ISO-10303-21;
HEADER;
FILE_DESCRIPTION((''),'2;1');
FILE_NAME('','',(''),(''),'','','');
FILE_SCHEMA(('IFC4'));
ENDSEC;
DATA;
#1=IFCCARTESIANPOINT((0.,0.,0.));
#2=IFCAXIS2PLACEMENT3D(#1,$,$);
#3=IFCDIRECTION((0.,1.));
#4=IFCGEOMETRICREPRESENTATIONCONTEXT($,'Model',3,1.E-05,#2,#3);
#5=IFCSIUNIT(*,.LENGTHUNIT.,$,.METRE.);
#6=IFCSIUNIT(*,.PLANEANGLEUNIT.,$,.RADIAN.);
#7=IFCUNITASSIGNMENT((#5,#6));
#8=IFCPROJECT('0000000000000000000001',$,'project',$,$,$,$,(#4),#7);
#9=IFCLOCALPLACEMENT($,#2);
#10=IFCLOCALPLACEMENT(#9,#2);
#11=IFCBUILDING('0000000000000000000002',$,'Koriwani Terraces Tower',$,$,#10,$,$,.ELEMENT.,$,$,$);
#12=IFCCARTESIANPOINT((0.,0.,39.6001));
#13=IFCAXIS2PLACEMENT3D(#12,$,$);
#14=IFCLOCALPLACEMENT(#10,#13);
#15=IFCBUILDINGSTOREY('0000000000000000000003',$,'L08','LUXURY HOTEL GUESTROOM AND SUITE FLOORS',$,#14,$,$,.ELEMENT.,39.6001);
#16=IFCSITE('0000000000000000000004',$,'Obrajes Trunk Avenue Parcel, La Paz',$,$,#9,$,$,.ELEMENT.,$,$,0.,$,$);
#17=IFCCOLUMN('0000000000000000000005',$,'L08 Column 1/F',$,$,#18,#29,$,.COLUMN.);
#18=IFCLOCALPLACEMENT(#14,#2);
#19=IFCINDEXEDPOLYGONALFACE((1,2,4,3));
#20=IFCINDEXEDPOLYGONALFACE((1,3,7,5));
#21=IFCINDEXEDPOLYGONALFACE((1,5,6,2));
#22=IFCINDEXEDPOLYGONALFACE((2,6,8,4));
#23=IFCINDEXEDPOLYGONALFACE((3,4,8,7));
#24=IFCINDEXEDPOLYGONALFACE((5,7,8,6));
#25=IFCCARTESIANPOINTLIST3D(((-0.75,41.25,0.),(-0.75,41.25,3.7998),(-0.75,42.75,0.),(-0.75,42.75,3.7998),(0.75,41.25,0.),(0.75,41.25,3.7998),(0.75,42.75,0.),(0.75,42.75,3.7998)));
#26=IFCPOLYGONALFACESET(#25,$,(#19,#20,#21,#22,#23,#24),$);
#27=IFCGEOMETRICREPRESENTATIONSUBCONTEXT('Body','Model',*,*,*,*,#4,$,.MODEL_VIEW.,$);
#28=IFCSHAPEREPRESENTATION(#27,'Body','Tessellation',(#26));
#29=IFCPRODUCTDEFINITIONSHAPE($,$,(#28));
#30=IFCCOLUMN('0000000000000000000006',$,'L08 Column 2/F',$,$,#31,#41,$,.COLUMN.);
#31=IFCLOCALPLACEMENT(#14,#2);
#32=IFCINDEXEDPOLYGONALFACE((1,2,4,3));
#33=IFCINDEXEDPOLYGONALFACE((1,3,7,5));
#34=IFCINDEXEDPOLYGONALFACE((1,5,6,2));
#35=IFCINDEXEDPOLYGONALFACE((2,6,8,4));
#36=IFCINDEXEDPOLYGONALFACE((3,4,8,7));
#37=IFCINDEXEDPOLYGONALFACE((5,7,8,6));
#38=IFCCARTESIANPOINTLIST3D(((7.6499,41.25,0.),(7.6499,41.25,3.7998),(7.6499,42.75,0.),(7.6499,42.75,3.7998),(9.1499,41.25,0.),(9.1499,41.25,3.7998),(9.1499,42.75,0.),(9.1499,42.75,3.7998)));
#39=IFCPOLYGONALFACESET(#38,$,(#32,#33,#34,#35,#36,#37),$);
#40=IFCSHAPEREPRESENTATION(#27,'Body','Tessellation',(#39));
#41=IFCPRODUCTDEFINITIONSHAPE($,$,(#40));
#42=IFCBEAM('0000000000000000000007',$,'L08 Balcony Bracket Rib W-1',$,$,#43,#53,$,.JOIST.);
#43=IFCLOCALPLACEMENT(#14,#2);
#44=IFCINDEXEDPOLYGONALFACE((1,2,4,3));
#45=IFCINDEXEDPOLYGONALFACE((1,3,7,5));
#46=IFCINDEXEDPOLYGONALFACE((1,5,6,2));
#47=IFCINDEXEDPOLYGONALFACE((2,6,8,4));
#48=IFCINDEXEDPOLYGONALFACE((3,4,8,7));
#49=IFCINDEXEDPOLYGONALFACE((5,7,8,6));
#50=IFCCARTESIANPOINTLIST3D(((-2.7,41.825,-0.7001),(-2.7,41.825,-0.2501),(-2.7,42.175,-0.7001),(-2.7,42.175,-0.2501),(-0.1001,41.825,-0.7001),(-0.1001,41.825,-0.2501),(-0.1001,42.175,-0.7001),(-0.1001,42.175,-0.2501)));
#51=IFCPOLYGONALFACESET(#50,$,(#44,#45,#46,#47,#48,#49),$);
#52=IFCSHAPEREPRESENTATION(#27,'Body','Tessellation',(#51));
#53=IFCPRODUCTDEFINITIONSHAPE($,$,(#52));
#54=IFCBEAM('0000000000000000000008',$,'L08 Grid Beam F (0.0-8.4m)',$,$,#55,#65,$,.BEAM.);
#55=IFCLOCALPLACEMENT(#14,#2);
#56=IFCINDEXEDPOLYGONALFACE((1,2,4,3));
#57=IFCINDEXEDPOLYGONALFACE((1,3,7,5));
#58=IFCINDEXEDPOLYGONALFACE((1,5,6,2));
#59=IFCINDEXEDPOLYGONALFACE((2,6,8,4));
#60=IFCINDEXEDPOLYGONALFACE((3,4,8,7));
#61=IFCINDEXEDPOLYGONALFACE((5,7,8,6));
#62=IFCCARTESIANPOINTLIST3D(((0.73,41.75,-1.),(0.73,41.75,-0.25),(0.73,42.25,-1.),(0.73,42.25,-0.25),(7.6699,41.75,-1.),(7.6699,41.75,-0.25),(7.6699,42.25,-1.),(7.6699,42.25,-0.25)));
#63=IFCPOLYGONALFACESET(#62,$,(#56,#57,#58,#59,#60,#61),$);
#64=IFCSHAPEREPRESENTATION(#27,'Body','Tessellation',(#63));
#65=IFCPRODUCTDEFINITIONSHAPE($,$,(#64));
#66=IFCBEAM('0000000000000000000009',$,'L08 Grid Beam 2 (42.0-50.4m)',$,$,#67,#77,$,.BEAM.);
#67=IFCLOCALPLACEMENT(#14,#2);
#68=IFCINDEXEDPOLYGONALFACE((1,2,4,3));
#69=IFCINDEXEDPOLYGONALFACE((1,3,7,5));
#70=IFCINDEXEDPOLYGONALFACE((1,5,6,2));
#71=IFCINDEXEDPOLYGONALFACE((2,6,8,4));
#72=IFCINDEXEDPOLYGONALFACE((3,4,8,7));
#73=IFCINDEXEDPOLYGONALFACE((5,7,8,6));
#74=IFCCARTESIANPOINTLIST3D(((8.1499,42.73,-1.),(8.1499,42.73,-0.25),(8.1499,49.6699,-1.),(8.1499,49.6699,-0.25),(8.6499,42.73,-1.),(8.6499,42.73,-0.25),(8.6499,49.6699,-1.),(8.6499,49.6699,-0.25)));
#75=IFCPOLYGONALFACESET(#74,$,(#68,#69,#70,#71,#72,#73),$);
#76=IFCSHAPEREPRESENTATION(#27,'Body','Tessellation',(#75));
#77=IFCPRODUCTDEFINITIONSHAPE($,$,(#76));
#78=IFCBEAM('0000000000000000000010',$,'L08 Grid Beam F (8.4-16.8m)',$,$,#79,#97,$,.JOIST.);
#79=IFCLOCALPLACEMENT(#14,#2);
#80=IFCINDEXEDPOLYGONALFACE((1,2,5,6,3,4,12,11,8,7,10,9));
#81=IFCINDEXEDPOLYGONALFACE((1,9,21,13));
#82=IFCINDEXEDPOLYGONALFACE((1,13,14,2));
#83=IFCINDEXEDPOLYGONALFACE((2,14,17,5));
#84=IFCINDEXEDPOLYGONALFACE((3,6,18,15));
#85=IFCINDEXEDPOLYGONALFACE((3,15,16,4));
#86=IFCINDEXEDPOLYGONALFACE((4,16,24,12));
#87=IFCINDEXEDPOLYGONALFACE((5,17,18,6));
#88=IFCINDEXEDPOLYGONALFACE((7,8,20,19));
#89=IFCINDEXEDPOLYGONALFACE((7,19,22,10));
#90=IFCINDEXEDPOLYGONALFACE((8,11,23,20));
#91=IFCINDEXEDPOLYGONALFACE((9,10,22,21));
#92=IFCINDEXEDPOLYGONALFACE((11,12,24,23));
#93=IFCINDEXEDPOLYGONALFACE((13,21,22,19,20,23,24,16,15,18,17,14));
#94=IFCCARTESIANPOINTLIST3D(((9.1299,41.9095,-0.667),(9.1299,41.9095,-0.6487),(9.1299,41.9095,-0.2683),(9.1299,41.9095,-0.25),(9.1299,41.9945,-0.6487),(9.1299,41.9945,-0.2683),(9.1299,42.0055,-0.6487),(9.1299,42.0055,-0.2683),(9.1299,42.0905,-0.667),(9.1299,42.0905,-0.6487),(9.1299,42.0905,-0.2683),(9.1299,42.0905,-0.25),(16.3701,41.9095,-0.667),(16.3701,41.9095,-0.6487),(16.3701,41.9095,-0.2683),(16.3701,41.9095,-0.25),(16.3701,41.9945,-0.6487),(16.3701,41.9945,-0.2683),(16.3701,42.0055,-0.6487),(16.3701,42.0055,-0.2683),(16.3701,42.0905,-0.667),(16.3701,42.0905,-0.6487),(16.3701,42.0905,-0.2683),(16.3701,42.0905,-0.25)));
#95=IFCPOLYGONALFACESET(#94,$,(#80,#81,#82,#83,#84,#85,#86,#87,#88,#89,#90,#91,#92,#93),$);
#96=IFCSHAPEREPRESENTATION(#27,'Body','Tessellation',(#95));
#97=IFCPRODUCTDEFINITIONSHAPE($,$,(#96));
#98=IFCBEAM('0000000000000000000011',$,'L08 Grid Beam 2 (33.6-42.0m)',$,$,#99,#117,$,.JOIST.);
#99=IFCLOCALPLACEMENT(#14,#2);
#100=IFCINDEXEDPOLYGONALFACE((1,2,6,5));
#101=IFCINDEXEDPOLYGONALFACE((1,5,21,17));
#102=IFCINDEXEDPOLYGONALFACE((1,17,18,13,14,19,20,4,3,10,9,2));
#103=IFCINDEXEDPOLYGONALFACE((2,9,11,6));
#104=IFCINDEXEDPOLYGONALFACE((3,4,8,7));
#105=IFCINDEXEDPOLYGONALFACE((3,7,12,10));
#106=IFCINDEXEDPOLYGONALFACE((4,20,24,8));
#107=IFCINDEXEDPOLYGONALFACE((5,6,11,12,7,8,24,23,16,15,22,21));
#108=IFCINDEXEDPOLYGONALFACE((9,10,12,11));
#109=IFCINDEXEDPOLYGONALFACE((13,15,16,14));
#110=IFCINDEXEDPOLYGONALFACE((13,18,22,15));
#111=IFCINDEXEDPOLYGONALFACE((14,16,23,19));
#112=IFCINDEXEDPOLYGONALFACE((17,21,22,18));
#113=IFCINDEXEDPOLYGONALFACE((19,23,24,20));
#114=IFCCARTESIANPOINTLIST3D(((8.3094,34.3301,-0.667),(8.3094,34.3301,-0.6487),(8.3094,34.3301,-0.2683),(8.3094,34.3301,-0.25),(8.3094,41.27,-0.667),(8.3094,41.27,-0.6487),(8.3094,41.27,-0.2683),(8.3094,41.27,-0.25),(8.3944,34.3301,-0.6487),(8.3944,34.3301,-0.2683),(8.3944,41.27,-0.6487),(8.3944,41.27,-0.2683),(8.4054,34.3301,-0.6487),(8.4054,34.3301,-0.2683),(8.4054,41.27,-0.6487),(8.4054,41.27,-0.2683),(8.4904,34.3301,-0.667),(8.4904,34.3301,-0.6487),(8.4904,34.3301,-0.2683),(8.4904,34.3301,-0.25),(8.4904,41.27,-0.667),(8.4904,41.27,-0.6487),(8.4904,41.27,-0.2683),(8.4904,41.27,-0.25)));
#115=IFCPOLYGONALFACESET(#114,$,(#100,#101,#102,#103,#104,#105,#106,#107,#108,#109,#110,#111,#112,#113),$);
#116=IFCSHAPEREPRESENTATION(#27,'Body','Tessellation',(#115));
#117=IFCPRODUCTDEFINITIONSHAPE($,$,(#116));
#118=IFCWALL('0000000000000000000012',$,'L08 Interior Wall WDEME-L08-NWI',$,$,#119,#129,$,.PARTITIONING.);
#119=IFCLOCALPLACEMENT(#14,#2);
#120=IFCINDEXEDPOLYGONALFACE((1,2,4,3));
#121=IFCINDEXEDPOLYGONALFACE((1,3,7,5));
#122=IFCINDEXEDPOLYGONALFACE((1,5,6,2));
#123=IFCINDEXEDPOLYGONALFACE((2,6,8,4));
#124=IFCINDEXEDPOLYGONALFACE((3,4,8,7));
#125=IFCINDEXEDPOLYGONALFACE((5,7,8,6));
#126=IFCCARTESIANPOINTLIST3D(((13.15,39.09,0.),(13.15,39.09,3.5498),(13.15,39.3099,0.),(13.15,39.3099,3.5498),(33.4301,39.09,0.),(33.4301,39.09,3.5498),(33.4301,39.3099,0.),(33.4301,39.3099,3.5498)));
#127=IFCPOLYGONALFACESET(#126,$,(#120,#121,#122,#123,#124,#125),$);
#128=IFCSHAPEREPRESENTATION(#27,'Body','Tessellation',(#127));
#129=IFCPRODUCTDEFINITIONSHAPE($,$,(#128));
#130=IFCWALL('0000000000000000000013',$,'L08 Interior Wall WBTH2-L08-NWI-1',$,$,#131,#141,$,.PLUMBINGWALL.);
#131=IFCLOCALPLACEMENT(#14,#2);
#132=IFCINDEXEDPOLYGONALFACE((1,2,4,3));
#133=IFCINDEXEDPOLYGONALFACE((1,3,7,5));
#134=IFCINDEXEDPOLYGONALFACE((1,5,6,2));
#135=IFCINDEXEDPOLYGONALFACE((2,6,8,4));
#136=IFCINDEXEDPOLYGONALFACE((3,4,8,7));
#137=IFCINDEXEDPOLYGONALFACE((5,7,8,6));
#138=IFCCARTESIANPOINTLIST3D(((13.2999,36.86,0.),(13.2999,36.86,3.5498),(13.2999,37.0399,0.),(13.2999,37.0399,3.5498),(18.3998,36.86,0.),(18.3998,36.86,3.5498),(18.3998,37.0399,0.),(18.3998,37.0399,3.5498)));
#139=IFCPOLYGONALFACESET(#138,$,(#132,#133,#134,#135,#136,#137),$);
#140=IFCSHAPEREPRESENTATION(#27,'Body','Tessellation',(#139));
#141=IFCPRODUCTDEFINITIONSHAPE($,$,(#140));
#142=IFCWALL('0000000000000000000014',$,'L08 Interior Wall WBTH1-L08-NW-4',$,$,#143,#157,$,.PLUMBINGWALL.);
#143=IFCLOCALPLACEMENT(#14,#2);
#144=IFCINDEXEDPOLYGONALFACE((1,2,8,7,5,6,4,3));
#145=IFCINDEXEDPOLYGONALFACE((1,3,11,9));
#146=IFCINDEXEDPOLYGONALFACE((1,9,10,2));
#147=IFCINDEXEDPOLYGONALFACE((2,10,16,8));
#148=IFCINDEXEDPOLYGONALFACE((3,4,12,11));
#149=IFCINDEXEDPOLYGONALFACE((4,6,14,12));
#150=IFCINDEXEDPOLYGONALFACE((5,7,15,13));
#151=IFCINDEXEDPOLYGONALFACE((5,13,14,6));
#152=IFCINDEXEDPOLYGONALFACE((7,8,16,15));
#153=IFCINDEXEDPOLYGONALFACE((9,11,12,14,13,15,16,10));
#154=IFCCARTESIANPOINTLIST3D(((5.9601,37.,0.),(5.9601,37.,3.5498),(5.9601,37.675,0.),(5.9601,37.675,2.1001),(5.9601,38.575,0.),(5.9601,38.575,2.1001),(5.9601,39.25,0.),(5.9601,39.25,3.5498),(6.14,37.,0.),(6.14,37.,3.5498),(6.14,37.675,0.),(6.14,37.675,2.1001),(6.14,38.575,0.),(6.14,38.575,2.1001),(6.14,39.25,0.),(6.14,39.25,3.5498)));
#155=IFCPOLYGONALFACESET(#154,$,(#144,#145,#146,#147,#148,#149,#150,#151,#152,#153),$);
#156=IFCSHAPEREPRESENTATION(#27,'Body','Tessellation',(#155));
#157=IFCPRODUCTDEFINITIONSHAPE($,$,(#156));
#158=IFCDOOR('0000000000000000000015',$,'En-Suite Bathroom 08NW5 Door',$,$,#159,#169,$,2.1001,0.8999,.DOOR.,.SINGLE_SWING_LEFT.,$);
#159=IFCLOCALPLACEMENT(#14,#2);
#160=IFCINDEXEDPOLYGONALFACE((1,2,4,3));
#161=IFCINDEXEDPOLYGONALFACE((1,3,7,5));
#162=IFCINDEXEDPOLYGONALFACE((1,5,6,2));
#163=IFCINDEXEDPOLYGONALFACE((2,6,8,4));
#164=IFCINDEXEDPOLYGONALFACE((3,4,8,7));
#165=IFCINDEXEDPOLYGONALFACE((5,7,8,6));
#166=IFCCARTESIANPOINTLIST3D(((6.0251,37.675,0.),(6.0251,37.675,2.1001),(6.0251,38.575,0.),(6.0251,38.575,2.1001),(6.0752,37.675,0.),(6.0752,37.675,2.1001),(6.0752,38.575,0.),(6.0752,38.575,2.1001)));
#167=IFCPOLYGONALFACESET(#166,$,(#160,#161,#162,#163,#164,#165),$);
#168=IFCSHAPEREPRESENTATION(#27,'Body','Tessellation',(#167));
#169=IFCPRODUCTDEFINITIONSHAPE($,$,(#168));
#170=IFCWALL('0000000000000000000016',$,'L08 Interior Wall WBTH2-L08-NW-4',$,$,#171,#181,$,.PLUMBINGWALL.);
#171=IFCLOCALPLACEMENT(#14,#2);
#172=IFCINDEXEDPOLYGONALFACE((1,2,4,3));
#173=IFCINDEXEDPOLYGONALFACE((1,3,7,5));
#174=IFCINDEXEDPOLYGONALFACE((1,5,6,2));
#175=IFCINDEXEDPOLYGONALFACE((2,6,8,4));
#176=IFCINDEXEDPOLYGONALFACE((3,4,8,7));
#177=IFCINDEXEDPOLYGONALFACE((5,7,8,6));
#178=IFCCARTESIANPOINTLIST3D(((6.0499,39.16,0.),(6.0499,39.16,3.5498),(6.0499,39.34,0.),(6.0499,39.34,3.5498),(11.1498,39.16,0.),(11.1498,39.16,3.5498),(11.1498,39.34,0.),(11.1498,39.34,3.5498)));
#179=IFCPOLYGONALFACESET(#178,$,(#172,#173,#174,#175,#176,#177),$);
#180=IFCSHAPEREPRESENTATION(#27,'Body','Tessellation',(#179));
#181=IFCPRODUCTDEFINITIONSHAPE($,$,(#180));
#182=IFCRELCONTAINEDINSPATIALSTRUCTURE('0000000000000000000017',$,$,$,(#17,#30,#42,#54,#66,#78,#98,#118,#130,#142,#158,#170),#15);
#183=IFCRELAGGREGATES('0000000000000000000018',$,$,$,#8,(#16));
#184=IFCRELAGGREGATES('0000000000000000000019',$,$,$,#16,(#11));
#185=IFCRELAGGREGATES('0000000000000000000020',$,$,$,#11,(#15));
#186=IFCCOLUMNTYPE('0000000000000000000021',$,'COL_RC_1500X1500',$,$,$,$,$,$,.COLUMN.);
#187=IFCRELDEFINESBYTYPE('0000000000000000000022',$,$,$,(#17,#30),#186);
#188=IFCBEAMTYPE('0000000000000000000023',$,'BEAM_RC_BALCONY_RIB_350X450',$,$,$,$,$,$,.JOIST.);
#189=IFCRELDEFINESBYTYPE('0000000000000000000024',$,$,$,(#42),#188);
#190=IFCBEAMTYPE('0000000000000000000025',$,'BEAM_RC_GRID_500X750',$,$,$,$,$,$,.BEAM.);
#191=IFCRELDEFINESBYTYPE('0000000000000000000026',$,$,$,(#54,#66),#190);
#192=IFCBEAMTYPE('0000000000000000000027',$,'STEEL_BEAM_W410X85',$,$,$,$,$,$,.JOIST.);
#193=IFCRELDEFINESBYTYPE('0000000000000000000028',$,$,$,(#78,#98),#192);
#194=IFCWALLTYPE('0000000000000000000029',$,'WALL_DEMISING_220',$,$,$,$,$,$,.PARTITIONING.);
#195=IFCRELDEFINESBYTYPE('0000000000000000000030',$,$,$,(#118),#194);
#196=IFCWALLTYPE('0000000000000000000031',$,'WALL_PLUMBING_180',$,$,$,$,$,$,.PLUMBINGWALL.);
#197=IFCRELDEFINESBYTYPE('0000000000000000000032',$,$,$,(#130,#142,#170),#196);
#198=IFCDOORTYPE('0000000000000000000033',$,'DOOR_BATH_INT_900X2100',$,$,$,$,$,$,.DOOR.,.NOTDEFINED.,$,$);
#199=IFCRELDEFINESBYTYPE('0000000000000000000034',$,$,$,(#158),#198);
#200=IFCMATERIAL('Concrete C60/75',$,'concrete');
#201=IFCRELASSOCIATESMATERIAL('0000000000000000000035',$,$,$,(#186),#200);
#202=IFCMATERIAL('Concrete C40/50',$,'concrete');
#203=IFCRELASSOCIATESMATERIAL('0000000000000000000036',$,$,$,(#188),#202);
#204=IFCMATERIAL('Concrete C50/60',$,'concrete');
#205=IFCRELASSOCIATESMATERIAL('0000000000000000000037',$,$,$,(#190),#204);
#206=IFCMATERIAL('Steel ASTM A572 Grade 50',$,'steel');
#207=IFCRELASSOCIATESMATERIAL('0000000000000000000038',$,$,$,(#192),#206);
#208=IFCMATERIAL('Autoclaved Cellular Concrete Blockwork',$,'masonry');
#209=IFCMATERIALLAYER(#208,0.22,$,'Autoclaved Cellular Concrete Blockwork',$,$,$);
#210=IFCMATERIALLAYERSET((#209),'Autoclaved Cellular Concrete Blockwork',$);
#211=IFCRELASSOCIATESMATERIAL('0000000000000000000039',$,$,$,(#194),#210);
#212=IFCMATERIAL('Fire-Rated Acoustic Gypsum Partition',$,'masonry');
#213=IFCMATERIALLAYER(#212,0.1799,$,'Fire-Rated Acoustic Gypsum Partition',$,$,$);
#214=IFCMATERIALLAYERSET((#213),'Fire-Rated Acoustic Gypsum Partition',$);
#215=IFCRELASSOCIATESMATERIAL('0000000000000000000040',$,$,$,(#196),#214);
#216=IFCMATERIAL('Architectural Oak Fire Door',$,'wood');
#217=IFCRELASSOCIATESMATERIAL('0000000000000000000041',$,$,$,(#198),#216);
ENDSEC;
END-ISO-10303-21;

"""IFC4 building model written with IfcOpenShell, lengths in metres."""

from ifc_helpers import new_model, si_unit, direction, frame, frame_2d, origin, origin_2d, place, context, subcontext, project, spatial, rectangle, i_section, extrude, material, layer, layer_set, material_profile, profile_set, type_object, element, fill, save


model = new_model("IFC4")

# Units and contexts
model_context = context("Model", 3, precision=1e-05, world=origin(), true_north=direction((0.0, 1.0)))
body_context = subcontext(model_context, "Body", "Model", "MODEL_VIEW")
ifc_project = project(units=[si_unit("LENGTHUNIT", "METRE"), si_unit("PLANEANGLEUNIT", "RADIAN")], contexts=[model_context])

# Site, building, storey
site_placement = place(None, origin())
site = spatial("IfcSite", under=ifc_project, at=site_placement, Name="Obrajes Trunk Avenue Parcel, La Paz", CompositionType="ELEMENT", RefElevation=0.0)
building_placement = place(site_placement, origin())
building = spatial("IfcBuilding", under=site, at=building_placement, Name="Koriwani Terraces Tower", CompositionType="ELEMENT")
storey_placement = place(building_placement, frame((0.0, 0.0, 39.6001)))
storey = spatial("IfcBuildingStorey", under=building, at=storey_placement, Name="L08", Description="LUXURY HOTEL GUESTROOM AND SUITE FLOORS", CompositionType="ELEMENT", Elevation=39.6001)

# Columns
ifc_material_1 = material(Name="Concrete C60/75", Category="concrete")
ifc_material_profile_1 = material_profile(ifc_material_1, rectangle(XDim=1.5, YDim=1.5, at=origin_2d()), Name="Concrete C60/75", Category="LoadBearing")
ifc_profile_set_1 = profile_set([ifc_material_profile_1], Name="Concrete C60/75")
column_type = type_object("IfcColumnType", Name="COL_RC_1500X1500", PredefinedType="COLUMN", material=ifc_profile_set_1)
for number, where, z_axis, x_axis, name in (
    (1, (0.0, 42.0, 0.0), (0.0, 0.0, 1.0), (1.0, 0.0, 0.0), "L08 Column 1/F"),
    (2, (8.3999, 42.0, 0.0), (0.0, 0.0, 1.0), (1.0, 0.0, 0.0), "L08 Column 2/F"),
):
    element("IfcColumn", number, at=place(storey_placement, frame(where, z_axis=z_axis, x_axis=x_axis)), inside=storey, type_object=column_type, Name=name, PredefinedType="COLUMN", context=body_context, shape_type="SweptSolid", body=[
        extrude(rectangle(XDim=1.5, YDim=1.5, at=origin_2d()), origin(), (0.0, 0.0, 1.0), 3.7998),
    ])

# Beams
ifc_material_2 = material(Name="Concrete C40/50", Category="concrete")
ifc_material_profile_2 = material_profile(ifc_material_2, rectangle(XDim=0.3501, YDim=0.45, at=origin_2d()), Name="Concrete C40/50", Category="LoadBearing")
ifc_profile_set_2 = profile_set([ifc_material_profile_2], Name="Concrete C40/50")
beam_type_1 = type_object("IfcBeamType", Name="BEAM_RC_BALCONY_RIB_350X450", PredefinedType="JOIST", material=ifc_profile_set_2)
beam_1_placement = place(storey_placement, frame((-2.7, 42.0, -0.4751), z_axis=(1.0, 0.0, 0.0), x_axis=(0.0, 1.0, 0.0)))
element("IfcBeam", 3, at=beam_1_placement, inside=storey, type_object=beam_type_1, Name="L08 Balcony Bracket Rib W-1", PredefinedType="JOIST", context=body_context, shape_type="SweptSolid", body=[
    extrude(rectangle(XDim=0.3501, YDim=0.45, at=origin_2d()), origin(), (0.0, 0.0, 1.0), 2.5999),
])
ifc_material_3 = material(Name="Concrete C50/60", Category="concrete")
ifc_material_profile_3 = material_profile(ifc_material_3, rectangle(XDim=0.5, YDim=0.75, at=origin_2d()), Name="Concrete C50/60", Category="LoadBearing")
ifc_profile_set_3 = profile_set([ifc_material_profile_3], Name="Concrete C50/60")
beam_type_2 = type_object("IfcBeamType", Name="BEAM_RC_GRID_500X750", PredefinedType="BEAM", material=ifc_profile_set_3)
for number, where, z_axis, x_axis, name in (
    (4, (0.73, 42.0, -0.625), (1.0, 0.0, 0.0), (0.0, 1.0, 0.0), "L08 Grid Beam F (0.0-8.4m)"),
    (5, (8.3999, 42.73, -0.625), (0.0, 1.0, 0.0), (-1.0, 0.0, 0.0), "L08 Grid Beam 2 (42.0-50.4m)"),
):
    element("IfcBeam", number, at=place(storey_placement, frame(where, z_axis=z_axis, x_axis=x_axis)), inside=storey, type_object=beam_type_2, Name=name, PredefinedType="BEAM", context=body_context, shape_type="SweptSolid", body=[
        extrude(rectangle(XDim=0.5, YDim=0.75, at=origin_2d()), origin(), (0.0, 0.0, 1.0), 6.9399),
    ])
ifc_material_4 = material(Name="Steel ASTM A572 Grade 50", Category="steel")
ifc_material_profile_4 = material_profile(ifc_material_4, i_section(OverallWidth=0.1809, OverallDepth=0.417, WebThickness=0.011, FlangeThickness=0.0183, at=origin_2d()), Name="Steel ASTM A572 Grade 50", Category="LoadBearing")
ifc_profile_set_4 = profile_set([ifc_material_profile_4], Name="Steel ASTM A572 Grade 50")
beam_type_3 = type_object("IfcBeamType", Name="STEEL_BEAM_W410X85", PredefinedType="JOIST", material=ifc_profile_set_4)
beam_2_placement = place(storey_placement, frame((9.1299, 42.0, -0.4585), z_axis=(1.0, 0.0, 0.0), x_axis=(0.0, 1.0, 0.0)))
element("IfcBeam", 6, at=beam_2_placement, inside=storey, type_object=beam_type_3, Name="L08 Grid Beam F (8.4-16.8m)", PredefinedType="JOIST", context=body_context, shape_type="SweptSolid", body=[
    extrude(i_section(OverallWidth=0.1809, OverallDepth=0.417, WebThickness=0.011, FlangeThickness=0.0183, at=origin_2d()), origin(), (0.0, 0.0, 1.0), 7.2402),
])
beam_3_placement = place(storey_placement, frame((8.3999, 34.3301, -0.4585), z_axis=(0.0, 1.0, 0.0), x_axis=(-1.0, 0.0, 0.0)))
element("IfcBeam", 7, at=beam_3_placement, inside=storey, type_object=beam_type_3, Name="L08 Grid Beam 2 (33.6-42.0m)", PredefinedType="JOIST", context=body_context, shape_type="SweptSolid", body=[
    extrude(i_section(OverallWidth=0.1809, OverallDepth=0.417, WebThickness=0.011, FlangeThickness=0.0183, at=origin_2d()), origin(), (0.0, 0.0, 1.0), 6.9399),
])

# Walls
ifc_material_5 = material(Name="Autoclaved Cellular Concrete Blockwork", Category="masonry")
ifc_layer_1 = layer(ifc_material_5, 0.22, Name="Autoclaved Cellular Concrete Blockwork")
ifc_layer_set_1 = layer_set([ifc_layer_1], Name="Autoclaved Cellular Concrete Blockwork")
wall_type_1 = type_object("IfcWallType", Name="WALL_DEMISING_220", PredefinedType="PARTITIONING", material=ifc_layer_set_1)
wall_1_placement = place(storey_placement, frame((13.1499, 39.2, 0.0), z_axis=(0.0, 0.0, 1.0), x_axis=(1.0, 0.0, 0.0)))
element("IfcWall", 8, at=wall_1_placement, inside=storey, type_object=wall_type_1, Name="L08 Interior Wall WDEME-L08-NWI", PredefinedType="PARTITIONING", context=body_context, shape_type="SweptSolid", body=[
    extrude(rectangle(XDim=20.28, YDim=0.22, at=frame_2d((10.1401, 0.0))), origin(), (0.0, 0.0, 1.0), 3.5498),
])
ifc_material_6 = material(Name="Fire-Rated Acoustic Gypsum Partition", Category="masonry")
ifc_layer_2 = layer(ifc_material_6, 0.1799, Name="Fire-Rated Acoustic Gypsum Partition")
ifc_layer_set_2 = layer_set([ifc_layer_2], Name="Fire-Rated Acoustic Gypsum Partition")
wall_type_2 = type_object("IfcWallType", Name="WALL_PLUMBING_180", PredefinedType="PLUMBINGWALL", material=ifc_layer_set_2)
wall_2_placement = place(storey_placement, frame((13.3, 36.95, 0.0), z_axis=(0.0, 0.0, 1.0), x_axis=(1.0, 0.0, 0.0)))
element("IfcWall", 9, at=wall_2_placement, inside=storey, type_object=wall_type_2, Name="L08 Interior Wall WBTH2-L08-NWI-1", PredefinedType="PLUMBINGWALL", context=body_context, shape_type="SweptSolid", body=[
    extrude(rectangle(XDim=5.0999, YDim=0.1799, at=frame_2d((2.5498, 0.0))), origin(), (0.0, 0.0, 1.0), 3.5498),
])

# Wall, opening, door
wall_3_placement = place(storey_placement, frame((6.05, 37.0, 0.0), z_axis=(0.0, 0.0, 1.0), x_axis=(0.0, 1.0, 0.0)))
wall_3 = element("IfcWall", 10, at=wall_3_placement, inside=storey, type_object=wall_type_2, Name="L08 Interior Wall WBTH1-L08-NW-4", PredefinedType="PLUMBINGWALL", context=body_context, shape_type="SweptSolid", body=[
    extrude(rectangle(XDim=2.25, YDim=0.1799, at=frame_2d((1.125, 0.0))), origin(), (0.0, 0.0, 1.0), 3.5498),
])
opening_1_placement = place(wall_3_placement, frame((0.675, 0.0, 0.0)))
opening_1 = element("IfcOpeningElement", 11, at=opening_1_placement, cuts=wall_3, PredefinedType="OPENING", context=body_context, shape_type="SweptSolid", body=[
    extrude(rectangle(XDim=0.8999, YDim=2.1001, at=frame_2d((0.45, 1.05))), frame((0.0, 0.1001, 0.0), z_axis=(0.0, -1.0, 0.0), x_axis=(1.0, 0.0, 0.0)), (0.0, 0.0, 1.0), 0.2),
])
ifc_material_7 = material(Name="Architectural Oak Fire Door", Category="wood")
door_type_1 = type_object("IfcDoorType", Name="DOOR_BATH_INT_900X2100", OperationType="NOTDEFINED", PredefinedType="DOOR", material=ifc_material_7)
door_1_placement = place(opening_1_placement, origin())
door_1 = element("IfcDoor", 12, at=door_1_placement, inside=storey, type_object=door_type_1, Name="En-Suite Bathroom 08NW5 Door", OperationType="SINGLE_SWING_LEFT", OverallHeight=2.1001, OverallWidth=0.8999, PredefinedType="DOOR", context=body_context, shape_type="SweptSolid", body=[
    extrude(rectangle(XDim=0.8999, YDim=2.1001, at=frame_2d((0.45, 1.05))), frame((0.0, 0.0249, 0.0), z_axis=(0.0, -1.0, 0.0), x_axis=(1.0, 0.0, 0.0)), (0.0, 0.0, 1.0), 0.05),
])
fill(opening_1, door_1)

# Wall
wall_4_placement = place(storey_placement, frame((6.05, 39.25, 0.0), z_axis=(0.0, 0.0, 1.0), x_axis=(1.0, 0.0, 0.0)))
element("IfcWall", 13, at=wall_4_placement, inside=storey, type_object=wall_type_2, Name="L08 Interior Wall WBTH2-L08-NW-4", PredefinedType="PLUMBINGWALL", context=body_context, shape_type="SweptSolid", body=[
    extrude(rectangle(XDim=5.0999, YDim=0.1799, at=frame_2d((2.5498, 0.0))), origin(), (0.0, 0.0, 1.0), 3.5498),
])

save(model, "model.ifc")
